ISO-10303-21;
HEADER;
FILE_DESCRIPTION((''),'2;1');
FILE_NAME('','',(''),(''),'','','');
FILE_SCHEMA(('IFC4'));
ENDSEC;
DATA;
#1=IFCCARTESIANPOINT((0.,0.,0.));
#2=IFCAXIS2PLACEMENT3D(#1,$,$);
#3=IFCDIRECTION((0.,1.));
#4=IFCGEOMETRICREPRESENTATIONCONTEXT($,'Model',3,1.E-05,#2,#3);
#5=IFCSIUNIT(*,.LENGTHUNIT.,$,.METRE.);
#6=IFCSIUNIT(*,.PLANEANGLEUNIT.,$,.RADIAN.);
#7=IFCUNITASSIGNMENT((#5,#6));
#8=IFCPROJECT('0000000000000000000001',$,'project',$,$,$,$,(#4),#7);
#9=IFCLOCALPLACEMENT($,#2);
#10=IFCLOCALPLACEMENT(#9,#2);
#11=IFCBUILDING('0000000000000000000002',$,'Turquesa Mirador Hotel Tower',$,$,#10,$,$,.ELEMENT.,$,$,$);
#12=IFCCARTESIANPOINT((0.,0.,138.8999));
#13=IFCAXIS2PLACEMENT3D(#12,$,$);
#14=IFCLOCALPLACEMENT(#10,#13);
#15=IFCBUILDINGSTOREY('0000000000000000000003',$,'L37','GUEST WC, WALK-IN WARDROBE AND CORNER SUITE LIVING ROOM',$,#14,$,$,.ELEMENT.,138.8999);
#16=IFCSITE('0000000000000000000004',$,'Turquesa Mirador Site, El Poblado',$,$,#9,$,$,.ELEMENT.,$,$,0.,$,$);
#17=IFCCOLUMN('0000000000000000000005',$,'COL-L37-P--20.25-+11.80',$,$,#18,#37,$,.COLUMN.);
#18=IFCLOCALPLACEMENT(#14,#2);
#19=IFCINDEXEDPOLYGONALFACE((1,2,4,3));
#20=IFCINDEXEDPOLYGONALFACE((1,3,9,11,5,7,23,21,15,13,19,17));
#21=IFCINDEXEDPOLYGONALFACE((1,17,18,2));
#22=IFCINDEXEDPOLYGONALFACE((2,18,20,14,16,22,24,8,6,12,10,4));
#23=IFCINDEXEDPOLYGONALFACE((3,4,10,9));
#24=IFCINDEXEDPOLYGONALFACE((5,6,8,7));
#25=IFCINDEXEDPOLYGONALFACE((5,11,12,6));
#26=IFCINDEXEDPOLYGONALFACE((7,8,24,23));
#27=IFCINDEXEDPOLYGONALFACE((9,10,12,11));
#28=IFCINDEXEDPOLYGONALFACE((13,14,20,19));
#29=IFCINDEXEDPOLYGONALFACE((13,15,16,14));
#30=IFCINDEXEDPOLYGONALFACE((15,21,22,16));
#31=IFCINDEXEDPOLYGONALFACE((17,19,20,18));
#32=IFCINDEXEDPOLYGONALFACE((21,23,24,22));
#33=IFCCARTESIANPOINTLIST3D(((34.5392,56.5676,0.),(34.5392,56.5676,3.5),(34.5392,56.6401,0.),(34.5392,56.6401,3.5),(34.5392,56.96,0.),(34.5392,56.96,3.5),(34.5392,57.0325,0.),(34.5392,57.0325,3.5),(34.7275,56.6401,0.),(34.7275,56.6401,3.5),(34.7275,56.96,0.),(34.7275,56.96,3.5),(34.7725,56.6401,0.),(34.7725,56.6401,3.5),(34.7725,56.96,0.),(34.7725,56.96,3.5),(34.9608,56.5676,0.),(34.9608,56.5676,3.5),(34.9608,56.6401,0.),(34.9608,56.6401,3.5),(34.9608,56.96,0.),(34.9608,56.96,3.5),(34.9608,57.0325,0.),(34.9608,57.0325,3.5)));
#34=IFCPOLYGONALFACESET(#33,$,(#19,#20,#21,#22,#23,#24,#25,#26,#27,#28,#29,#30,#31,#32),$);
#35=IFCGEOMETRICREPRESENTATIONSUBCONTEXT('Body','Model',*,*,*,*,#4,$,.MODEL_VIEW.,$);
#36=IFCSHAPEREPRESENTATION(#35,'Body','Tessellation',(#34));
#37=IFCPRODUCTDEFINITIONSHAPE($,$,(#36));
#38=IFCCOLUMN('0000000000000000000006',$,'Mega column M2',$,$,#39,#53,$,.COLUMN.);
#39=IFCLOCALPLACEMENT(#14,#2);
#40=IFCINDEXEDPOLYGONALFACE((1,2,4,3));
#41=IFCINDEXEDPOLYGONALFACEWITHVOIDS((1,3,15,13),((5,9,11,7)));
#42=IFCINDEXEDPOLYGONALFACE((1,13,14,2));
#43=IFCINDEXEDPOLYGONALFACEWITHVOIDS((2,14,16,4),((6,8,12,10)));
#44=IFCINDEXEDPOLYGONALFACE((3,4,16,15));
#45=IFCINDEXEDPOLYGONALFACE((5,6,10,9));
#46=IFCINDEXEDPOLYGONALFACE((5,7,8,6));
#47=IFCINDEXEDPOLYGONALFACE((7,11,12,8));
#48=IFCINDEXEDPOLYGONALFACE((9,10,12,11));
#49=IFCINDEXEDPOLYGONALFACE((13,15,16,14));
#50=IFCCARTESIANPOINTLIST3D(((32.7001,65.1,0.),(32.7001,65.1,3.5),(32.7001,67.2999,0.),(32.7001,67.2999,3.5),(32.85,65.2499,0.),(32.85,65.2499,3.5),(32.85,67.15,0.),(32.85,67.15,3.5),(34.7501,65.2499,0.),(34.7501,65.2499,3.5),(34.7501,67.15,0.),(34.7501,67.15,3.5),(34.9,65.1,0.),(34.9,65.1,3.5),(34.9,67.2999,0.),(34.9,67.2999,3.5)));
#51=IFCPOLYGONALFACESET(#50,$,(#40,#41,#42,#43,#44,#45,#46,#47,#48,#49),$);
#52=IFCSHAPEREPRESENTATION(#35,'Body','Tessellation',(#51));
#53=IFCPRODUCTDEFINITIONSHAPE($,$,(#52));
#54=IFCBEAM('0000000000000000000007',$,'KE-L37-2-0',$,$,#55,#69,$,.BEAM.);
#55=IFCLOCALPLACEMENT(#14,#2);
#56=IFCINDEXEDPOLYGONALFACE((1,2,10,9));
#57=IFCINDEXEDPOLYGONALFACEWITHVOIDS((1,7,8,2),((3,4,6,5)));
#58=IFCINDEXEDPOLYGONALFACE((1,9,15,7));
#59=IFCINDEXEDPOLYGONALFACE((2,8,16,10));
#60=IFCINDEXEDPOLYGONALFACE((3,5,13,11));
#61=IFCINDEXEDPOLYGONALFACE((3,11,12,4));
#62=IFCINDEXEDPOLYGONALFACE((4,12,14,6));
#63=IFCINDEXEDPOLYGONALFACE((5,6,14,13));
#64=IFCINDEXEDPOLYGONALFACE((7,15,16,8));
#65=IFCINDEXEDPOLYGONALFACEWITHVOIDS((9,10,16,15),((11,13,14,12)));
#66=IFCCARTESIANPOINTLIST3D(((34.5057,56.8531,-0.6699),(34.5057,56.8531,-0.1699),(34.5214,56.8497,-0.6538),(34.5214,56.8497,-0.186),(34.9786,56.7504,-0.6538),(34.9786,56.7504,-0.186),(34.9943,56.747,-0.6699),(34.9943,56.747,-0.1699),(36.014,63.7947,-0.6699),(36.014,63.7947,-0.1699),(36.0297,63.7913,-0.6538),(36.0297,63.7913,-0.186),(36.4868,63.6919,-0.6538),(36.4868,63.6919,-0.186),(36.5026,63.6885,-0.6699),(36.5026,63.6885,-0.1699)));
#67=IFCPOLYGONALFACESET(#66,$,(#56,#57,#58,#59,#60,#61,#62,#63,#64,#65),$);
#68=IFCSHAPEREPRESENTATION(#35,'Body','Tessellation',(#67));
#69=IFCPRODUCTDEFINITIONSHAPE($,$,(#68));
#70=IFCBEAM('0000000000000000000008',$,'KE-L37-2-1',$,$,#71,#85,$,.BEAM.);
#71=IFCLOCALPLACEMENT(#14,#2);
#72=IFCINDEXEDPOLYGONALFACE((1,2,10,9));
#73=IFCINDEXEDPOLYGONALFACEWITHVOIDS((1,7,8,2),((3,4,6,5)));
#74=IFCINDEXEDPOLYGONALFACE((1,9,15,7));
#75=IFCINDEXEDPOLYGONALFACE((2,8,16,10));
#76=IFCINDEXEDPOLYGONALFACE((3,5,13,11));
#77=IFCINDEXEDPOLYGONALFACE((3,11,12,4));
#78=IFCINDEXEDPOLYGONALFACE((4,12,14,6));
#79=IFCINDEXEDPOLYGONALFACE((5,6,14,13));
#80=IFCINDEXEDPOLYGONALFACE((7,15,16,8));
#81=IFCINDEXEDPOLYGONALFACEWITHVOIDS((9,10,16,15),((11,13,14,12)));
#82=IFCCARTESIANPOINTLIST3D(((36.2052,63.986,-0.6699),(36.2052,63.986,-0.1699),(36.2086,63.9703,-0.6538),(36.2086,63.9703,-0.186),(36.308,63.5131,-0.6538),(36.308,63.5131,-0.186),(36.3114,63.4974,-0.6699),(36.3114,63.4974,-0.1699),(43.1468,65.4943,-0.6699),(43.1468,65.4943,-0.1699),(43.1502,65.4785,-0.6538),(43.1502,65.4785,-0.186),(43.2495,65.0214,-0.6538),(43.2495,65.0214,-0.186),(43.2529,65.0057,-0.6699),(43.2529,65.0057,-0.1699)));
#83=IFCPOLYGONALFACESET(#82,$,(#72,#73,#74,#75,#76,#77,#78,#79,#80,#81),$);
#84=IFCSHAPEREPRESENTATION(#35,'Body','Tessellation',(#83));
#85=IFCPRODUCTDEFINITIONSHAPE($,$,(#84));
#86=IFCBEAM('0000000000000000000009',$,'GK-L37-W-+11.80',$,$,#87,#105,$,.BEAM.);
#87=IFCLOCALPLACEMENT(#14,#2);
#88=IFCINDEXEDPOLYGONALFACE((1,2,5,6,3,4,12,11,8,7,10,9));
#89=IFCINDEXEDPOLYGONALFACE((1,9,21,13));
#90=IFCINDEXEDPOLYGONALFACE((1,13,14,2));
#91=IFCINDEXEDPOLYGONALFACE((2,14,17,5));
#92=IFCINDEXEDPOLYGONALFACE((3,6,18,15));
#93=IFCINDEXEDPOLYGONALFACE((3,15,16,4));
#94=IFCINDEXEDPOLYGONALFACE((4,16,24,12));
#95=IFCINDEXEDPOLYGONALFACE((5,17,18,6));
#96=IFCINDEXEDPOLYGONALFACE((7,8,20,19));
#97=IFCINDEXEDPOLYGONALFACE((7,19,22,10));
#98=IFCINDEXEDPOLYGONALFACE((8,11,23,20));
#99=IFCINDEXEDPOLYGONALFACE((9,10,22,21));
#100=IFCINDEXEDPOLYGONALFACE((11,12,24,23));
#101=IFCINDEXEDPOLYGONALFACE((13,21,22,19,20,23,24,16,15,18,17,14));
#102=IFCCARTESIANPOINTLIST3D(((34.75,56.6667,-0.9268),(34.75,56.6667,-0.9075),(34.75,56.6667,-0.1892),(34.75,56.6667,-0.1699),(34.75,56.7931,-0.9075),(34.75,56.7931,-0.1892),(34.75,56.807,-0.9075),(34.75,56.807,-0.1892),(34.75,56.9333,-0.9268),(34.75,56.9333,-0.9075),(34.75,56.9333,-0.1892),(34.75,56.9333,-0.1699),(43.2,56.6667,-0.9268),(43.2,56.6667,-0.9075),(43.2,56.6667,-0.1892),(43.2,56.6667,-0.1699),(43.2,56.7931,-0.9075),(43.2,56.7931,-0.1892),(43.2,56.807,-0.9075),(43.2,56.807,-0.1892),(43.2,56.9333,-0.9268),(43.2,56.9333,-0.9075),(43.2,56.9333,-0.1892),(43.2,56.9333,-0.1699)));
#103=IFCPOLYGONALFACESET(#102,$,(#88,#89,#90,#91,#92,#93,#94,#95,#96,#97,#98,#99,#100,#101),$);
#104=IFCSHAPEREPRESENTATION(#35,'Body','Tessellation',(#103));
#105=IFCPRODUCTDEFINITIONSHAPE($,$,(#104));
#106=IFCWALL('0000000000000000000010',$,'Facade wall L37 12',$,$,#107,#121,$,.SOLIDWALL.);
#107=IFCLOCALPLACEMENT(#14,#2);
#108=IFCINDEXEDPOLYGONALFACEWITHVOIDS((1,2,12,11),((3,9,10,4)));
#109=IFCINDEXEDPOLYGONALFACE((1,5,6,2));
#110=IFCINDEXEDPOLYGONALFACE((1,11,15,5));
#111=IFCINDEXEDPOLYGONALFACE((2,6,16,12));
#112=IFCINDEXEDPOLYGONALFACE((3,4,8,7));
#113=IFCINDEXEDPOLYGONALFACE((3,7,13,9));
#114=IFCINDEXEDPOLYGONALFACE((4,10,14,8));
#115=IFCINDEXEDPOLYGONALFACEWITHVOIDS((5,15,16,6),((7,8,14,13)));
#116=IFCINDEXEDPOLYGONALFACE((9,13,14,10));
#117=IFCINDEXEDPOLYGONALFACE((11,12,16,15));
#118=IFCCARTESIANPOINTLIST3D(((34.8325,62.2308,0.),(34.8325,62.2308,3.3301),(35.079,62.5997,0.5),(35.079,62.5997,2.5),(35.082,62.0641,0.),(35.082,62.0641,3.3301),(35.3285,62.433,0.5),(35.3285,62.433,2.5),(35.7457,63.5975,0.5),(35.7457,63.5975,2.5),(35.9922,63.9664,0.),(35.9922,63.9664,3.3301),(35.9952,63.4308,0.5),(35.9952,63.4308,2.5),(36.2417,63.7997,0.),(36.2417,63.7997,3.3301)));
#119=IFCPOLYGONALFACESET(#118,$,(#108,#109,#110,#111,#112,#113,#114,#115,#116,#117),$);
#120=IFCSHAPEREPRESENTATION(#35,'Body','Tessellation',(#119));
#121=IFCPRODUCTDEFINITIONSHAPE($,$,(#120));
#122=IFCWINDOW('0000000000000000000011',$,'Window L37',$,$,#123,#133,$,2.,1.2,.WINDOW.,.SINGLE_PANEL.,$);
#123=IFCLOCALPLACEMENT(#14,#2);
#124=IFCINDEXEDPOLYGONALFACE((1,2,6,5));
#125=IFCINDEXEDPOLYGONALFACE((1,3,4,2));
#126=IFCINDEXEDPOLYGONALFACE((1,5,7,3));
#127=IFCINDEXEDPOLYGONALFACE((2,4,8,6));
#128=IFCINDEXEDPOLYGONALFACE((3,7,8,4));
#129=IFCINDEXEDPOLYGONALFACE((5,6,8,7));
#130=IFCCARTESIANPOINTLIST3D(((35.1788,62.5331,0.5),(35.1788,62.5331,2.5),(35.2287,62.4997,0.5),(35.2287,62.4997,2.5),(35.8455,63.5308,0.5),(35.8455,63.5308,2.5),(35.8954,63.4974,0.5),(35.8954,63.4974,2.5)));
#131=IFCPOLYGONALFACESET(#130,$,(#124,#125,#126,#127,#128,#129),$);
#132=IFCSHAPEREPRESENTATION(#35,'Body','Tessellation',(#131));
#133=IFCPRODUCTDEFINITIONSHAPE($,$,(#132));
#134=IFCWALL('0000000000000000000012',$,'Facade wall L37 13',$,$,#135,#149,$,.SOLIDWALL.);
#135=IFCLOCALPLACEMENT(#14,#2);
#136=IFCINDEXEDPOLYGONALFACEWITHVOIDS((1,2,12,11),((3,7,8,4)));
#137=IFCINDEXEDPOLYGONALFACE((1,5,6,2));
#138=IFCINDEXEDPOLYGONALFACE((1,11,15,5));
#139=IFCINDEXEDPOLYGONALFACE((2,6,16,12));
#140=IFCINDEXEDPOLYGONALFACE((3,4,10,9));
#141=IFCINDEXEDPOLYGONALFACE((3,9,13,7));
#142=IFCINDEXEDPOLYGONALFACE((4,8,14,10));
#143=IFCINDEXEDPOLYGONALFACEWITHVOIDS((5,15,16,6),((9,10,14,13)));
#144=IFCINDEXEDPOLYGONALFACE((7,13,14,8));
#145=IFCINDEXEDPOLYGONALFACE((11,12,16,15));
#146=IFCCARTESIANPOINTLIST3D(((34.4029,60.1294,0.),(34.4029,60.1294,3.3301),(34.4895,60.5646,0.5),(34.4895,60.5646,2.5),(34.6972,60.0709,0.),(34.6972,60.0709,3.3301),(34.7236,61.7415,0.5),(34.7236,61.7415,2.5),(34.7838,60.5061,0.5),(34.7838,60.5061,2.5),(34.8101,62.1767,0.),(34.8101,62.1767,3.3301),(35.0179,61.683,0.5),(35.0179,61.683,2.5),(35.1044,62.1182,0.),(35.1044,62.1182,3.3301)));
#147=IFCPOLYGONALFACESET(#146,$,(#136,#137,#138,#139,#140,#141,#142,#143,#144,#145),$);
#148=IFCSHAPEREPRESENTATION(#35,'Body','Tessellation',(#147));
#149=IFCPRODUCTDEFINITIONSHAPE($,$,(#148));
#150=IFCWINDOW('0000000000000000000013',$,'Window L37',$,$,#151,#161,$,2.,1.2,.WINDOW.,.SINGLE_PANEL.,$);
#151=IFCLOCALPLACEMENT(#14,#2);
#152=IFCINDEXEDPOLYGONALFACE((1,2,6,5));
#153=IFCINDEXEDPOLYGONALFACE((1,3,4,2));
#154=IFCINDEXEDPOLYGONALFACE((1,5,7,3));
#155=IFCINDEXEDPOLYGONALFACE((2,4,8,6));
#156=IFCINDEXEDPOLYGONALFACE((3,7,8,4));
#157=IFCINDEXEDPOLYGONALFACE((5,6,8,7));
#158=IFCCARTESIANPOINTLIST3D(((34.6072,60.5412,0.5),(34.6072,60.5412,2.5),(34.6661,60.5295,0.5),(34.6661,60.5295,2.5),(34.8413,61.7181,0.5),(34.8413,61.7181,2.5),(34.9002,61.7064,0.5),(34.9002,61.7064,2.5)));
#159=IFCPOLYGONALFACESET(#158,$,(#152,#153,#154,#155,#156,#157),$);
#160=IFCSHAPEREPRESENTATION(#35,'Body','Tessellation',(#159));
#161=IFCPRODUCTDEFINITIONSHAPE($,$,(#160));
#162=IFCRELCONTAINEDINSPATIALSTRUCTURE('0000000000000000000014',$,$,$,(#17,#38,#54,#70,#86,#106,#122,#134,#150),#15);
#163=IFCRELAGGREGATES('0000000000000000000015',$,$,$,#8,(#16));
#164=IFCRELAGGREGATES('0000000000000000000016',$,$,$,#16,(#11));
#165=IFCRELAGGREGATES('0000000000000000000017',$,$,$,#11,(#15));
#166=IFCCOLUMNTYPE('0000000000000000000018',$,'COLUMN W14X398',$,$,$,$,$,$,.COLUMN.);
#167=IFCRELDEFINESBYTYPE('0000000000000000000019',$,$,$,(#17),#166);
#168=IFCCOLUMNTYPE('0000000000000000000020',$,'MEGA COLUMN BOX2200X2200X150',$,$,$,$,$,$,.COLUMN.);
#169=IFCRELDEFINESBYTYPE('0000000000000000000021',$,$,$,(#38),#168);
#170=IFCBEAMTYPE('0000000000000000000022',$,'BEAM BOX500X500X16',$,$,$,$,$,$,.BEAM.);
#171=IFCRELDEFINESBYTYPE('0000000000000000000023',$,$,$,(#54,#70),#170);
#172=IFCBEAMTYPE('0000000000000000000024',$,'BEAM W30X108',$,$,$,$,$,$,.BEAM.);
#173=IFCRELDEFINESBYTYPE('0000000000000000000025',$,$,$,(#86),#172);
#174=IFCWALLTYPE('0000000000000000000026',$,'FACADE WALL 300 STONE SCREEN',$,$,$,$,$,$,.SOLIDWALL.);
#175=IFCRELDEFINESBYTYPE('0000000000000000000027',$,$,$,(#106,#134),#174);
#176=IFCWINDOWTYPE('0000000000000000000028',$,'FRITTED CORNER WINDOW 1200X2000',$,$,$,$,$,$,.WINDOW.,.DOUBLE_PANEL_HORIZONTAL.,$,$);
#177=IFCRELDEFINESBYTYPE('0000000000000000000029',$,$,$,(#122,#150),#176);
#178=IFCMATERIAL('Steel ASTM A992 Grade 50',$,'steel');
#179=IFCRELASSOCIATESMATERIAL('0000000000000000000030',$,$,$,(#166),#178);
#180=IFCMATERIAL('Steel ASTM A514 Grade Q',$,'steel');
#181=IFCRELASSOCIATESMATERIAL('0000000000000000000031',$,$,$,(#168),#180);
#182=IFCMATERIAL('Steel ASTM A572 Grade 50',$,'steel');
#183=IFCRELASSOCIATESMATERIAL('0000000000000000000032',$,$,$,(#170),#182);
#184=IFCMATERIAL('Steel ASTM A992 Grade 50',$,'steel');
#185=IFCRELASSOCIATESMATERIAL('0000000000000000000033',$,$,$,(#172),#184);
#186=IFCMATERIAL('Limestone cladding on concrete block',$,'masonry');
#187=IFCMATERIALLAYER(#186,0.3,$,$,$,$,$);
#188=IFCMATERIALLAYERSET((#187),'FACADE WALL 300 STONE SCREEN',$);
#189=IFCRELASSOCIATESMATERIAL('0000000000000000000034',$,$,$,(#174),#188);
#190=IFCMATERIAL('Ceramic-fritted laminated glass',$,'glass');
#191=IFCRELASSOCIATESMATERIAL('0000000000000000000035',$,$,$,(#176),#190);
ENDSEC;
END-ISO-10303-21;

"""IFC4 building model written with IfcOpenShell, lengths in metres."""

from ifc_helpers import new_model, si_unit, direction, frame, frame_2d, origin, origin_2d, place, context, subcontext, project, spatial, rectangle, hollow_rectangle, i_section, extrude, material, layer, layer_set, material_profile, profile_set, type_object, element, fill, save


model = new_model("IFC4")

# Units and contexts
model_context = context("Model", 3, precision=1e-05, world=origin(), true_north=direction((0.0, 1.0)))
body_context = subcontext(model_context, "Body", "Model", "MODEL_VIEW")
ifc_project = project(units=[si_unit("LENGTHUNIT", "METRE"), si_unit("PLANEANGLEUNIT", "RADIAN")], contexts=[model_context])

# Site, building, storey
site_placement = place(None, origin())
site = spatial("IfcSite", under=ifc_project, at=site_placement, Name="Turquesa Mirador Site, El Poblado", CompositionType="ELEMENT", RefElevation=0.0)
building_placement = place(site_placement, origin())
building = spatial("IfcBuilding", under=site, at=building_placement, Name="Turquesa Mirador Hotel Tower", CompositionType="ELEMENT")
storey_placement = place(building_placement, frame((0.0, 0.0, 138.8999)))
storey = spatial("IfcBuildingStorey", under=building, at=storey_placement, Name="L37", Description="GUEST WC, WALK-IN WARDROBE AND CORNER SUITE LIVING ROOM", CompositionType="ELEMENT", Elevation=138.8999)

# Columns
ifc_material_1 = material(Name="Steel ASTM A992 Grade 50", Category="steel")
ifc_material_profile_1 = material_profile(ifc_material_1, i_section(OverallWidth=0.4216, OverallDepth=0.4648, WebThickness=0.0449, FlangeThickness=0.0725, at=origin_2d()), Name="W14X398")
ifc_profile_set_1 = profile_set([ifc_material_profile_1], Name="Steel ASTM A992 Grade 50")
column_type_1 = type_object("IfcColumnType", Name="COLUMN W14X398", PredefinedType="COLUMN", material=ifc_profile_set_1)
column_1_placement = place(storey_placement, frame((34.75, 56.8, 0.0), z_axis=(0.0, 0.0, 1.0), x_axis=(1.0, 0.0, 0.0)))
element("IfcColumn", 1, at=column_1_placement, inside=storey, type_object=column_type_1, Name="COL-L37-P--20.25-+11.80", PredefinedType="COLUMN", context=body_context, shape_type="SweptSolid", body=[
    extrude(i_section(OverallWidth=0.4216, OverallDepth=0.4648, WebThickness=0.0449, FlangeThickness=0.0725, at=origin_2d()), origin(), (0.0, 0.0, 1.0), 3.5),
])
ifc_material_2 = material(Name="Steel ASTM A514 Grade Q", Category="steel")
ifc_material_profile_2 = material_profile(ifc_material_2, hollow_rectangle(XDim=2.2, YDim=2.2, WallThickness=0.1499, at=origin_2d()), Name="BOX2200X2200X150")
ifc_profile_set_2 = profile_set([ifc_material_profile_2], Name="Steel ASTM A514 Grade Q")
column_type_2 = type_object("IfcColumnType", Name="MEGA COLUMN BOX2200X2200X150", PredefinedType="COLUMN", material=ifc_profile_set_2)
column_2_placement = place(storey_placement, frame((33.8, 66.2, 0.0), z_axis=(0.0, 0.0, 1.0), x_axis=(1.0, 0.0, 0.0)))
element("IfcColumn", 2, at=column_2_placement, inside=storey, type_object=column_type_2, Name="Mega column M2", PredefinedType="COLUMN", context=body_context, shape_type="SweptSolid", body=[
    extrude(hollow_rectangle(XDim=2.2, YDim=2.2, WallThickness=0.1499, at=origin_2d()), origin(), (0.0, 0.0, 1.0), 3.5),
])

# Beams
ifc_material_3 = material(Name="Steel ASTM A572 Grade 50", Category="steel")
ifc_material_profile_3 = material_profile(ifc_material_3, hollow_rectangle(XDim=0.5, YDim=0.5, WallThickness=0.0161, at=origin_2d()), Name="BOX500X500X16")
ifc_profile_set_3 = profile_set([ifc_material_profile_3], Name="Steel ASTM A572 Grade 50")
beam_type_1 = type_object("IfcBeamType", Name="BEAM BOX500X500X16", PredefinedType="BEAM", material=ifc_profile_set_3)
for number, where, z_axis, x_axis, name in (
    (3, (34.75, 56.8, -0.4199), (0.212328, 0.977198, 0.0), (-0.977198, 0.212328, 0.0), "KE-L37-2-0"),
    (4, (36.2583, 63.7417, -0.4199), (0.977198, 0.212328, 0.0), (-0.212328, 0.977198, 0.0), "KE-L37-2-1"),
):
    element("IfcBeam", number, at=place(storey_placement, frame(where, z_axis=z_axis, x_axis=x_axis)), inside=storey, type_object=beam_type_1, Name=name, PredefinedType="BEAM", context=body_context, shape_type="SweptSolid", body=[
        extrude(hollow_rectangle(XDim=0.5, YDim=0.5, WallThickness=0.0161, at=origin_2d()), origin(), (0.0, 0.0, 1.0), 7.1035),
    ])
ifc_material_4 = material(Name="Steel ASTM A992 Grade 50", Category="steel")
ifc_material_profile_4 = material_profile(ifc_material_4, i_section(OverallWidth=0.2666, OverallDepth=0.7568, WebThickness=0.0139, FlangeThickness=0.0193, at=origin_2d()), Name="W30X108")
ifc_profile_set_4 = profile_set([ifc_material_profile_4], Name="Steel ASTM A992 Grade 50")
beam_type_2 = type_object("IfcBeamType", Name="BEAM W30X108", PredefinedType="BEAM", material=ifc_profile_set_4)
beam_placement = place(storey_placement, frame((34.75, 56.8, -0.5483), z_axis=(1.0, 0.0, 0.0), x_axis=(0.0, 1.0, 0.0)))
element("IfcBeam", 5, at=beam_placement, inside=storey, type_object=beam_type_2, Name="GK-L37-W-+11.80", PredefinedType="BEAM", context=body_context, shape_type="SweptSolid", body=[
    extrude(i_section(OverallWidth=0.2666, OverallDepth=0.7568, WebThickness=0.0139, FlangeThickness=0.0193, at=origin_2d()), origin(), (0.0, 0.0, 1.0), 8.45),
])

# Walls, openings, windows
ifc_material_5 = material(Name="Limestone cladding on concrete block", Category="masonry")
ifc_layer_1 = layer(ifc_material_5, 0.3)
ifc_layer_set_1 = layer_set([ifc_layer_1], Name="FACADE WALL 300 STONE SCREEN")
wall_type_1 = type_object("IfcWallType", Name="FACADE WALL 300 STONE SCREEN", PredefinedType="SOLIDWALL", material=ifc_layer_set_1)
wall_1_placement = place(storey_placement, frame((36.1169, 63.8831, 0.0), z_axis=(0.0, 0.0, 1.0), x_axis=(-0.555564, -0.831474, 0.0)))
wall_1 = element("IfcWall", 6, at=wall_1_placement, inside=storey, type_object=wall_type_1, Name="Facade wall L37 12", PredefinedType="SOLIDWALL", context=body_context, shape_type="SweptSolid", body=[
    extrude(rectangle(XDim=2.0874, YDim=0.3, at=frame_2d((1.0437, 0.0))), origin(), (0.0, 0.0, 1.0), 3.3301),
])
opening_1_placement = place(wall_1_placement, frame((0.4436, 0.0, 0.5)))
opening_1 = element("IfcOpeningElement", 7, at=opening_1_placement, cuts=wall_1, PredefinedType="OPENING", context=body_context, shape_type="SweptSolid", body=[
    extrude(rectangle(XDim=1.2, YDim=2.0, at=frame_2d((0.6001, 1.0))), frame((0.0, 0.1599, 0.0), z_axis=(0.0, -1.0, 0.0), x_axis=(1.0, 0.0, 0.0)), (0.0, 0.0, 1.0), 0.3201),
])
ifc_material_6 = material(Name="Ceramic-fritted laminated glass", Category="glass")
window_type_1 = type_object("IfcWindowType", Name="FRITTED CORNER WINDOW 1200X2000", PartitioningType="DOUBLE_PANEL_HORIZONTAL", PredefinedType="WINDOW", material=ifc_material_6)
window_1_placement = place(opening_1_placement, origin())
window_1 = element("IfcWindow", 8, at=window_1_placement, inside=storey, type_object=window_type_1, Name="Window L37", OverallHeight=2.0, OverallWidth=1.2, PartitioningType="SINGLE_PANEL", PredefinedType="WINDOW", context=body_context, shape_type="SweptSolid", body=[
    extrude(rectangle(XDim=1.2, YDim=2.0, at=frame_2d((0.6001, 1.0))), frame((0.0, 0.03, 0.0), z_axis=(0.0, -1.0, 0.0), x_axis=(1.0, 0.0, 0.0)), (0.0, 0.0, 1.0), 0.0601),
])
fill(opening_1, window_1)
wall_2_placement = place(storey_placement, frame((34.9573, 62.1475, 0.0), z_axis=(0.0, 0.0, 1.0), x_axis=(-0.195081, -0.980787, 0.0)))
wall_2 = element("IfcWall", 9, at=wall_2_placement, inside=storey, type_object=wall_type_1, Name="Facade wall L37 13", PredefinedType="SOLIDWALL", context=body_context, shape_type="SweptSolid", body=[
    extrude(rectangle(XDim=2.0874, YDim=0.3, at=frame_2d((1.0437, 0.0))), origin(), (0.0, 0.0, 1.0), 3.3301),
])
opening_2_placement = place(wall_2_placement, frame((0.4436, 0.0, 0.5)))
opening_2 = element("IfcOpeningElement", 10, at=opening_2_placement, cuts=wall_2, PredefinedType="OPENING", context=body_context, shape_type="SweptSolid", body=[
    extrude(rectangle(XDim=1.2, YDim=2.0, at=frame_2d((0.6001, 1.0))), frame((0.0, 0.1599, 0.0), z_axis=(0.0, -1.0, 0.0), x_axis=(1.0, 0.0, 0.0)), (0.0, 0.0, 1.0), 0.3201),
])
window_2_placement = place(opening_2_placement, origin())
window_2 = element("IfcWindow", 11, at=window_2_placement, inside=storey, type_object=window_type_1, Name="Window L37", OverallHeight=2.0, OverallWidth=1.2, PartitioningType="SINGLE_PANEL", PredefinedType="WINDOW", context=body_context, shape_type="SweptSolid", body=[
    extrude(rectangle(XDim=1.2, YDim=2.0, at=frame_2d((0.6001, 1.0))), frame((0.0, 0.03, 0.0), z_axis=(0.0, -1.0, 0.0), x_axis=(1.0, 0.0, 0.0)), (0.0, 0.0, 1.0), 0.0601),
])
fill(opening_2, window_2)

save(model, "model.ifc")
